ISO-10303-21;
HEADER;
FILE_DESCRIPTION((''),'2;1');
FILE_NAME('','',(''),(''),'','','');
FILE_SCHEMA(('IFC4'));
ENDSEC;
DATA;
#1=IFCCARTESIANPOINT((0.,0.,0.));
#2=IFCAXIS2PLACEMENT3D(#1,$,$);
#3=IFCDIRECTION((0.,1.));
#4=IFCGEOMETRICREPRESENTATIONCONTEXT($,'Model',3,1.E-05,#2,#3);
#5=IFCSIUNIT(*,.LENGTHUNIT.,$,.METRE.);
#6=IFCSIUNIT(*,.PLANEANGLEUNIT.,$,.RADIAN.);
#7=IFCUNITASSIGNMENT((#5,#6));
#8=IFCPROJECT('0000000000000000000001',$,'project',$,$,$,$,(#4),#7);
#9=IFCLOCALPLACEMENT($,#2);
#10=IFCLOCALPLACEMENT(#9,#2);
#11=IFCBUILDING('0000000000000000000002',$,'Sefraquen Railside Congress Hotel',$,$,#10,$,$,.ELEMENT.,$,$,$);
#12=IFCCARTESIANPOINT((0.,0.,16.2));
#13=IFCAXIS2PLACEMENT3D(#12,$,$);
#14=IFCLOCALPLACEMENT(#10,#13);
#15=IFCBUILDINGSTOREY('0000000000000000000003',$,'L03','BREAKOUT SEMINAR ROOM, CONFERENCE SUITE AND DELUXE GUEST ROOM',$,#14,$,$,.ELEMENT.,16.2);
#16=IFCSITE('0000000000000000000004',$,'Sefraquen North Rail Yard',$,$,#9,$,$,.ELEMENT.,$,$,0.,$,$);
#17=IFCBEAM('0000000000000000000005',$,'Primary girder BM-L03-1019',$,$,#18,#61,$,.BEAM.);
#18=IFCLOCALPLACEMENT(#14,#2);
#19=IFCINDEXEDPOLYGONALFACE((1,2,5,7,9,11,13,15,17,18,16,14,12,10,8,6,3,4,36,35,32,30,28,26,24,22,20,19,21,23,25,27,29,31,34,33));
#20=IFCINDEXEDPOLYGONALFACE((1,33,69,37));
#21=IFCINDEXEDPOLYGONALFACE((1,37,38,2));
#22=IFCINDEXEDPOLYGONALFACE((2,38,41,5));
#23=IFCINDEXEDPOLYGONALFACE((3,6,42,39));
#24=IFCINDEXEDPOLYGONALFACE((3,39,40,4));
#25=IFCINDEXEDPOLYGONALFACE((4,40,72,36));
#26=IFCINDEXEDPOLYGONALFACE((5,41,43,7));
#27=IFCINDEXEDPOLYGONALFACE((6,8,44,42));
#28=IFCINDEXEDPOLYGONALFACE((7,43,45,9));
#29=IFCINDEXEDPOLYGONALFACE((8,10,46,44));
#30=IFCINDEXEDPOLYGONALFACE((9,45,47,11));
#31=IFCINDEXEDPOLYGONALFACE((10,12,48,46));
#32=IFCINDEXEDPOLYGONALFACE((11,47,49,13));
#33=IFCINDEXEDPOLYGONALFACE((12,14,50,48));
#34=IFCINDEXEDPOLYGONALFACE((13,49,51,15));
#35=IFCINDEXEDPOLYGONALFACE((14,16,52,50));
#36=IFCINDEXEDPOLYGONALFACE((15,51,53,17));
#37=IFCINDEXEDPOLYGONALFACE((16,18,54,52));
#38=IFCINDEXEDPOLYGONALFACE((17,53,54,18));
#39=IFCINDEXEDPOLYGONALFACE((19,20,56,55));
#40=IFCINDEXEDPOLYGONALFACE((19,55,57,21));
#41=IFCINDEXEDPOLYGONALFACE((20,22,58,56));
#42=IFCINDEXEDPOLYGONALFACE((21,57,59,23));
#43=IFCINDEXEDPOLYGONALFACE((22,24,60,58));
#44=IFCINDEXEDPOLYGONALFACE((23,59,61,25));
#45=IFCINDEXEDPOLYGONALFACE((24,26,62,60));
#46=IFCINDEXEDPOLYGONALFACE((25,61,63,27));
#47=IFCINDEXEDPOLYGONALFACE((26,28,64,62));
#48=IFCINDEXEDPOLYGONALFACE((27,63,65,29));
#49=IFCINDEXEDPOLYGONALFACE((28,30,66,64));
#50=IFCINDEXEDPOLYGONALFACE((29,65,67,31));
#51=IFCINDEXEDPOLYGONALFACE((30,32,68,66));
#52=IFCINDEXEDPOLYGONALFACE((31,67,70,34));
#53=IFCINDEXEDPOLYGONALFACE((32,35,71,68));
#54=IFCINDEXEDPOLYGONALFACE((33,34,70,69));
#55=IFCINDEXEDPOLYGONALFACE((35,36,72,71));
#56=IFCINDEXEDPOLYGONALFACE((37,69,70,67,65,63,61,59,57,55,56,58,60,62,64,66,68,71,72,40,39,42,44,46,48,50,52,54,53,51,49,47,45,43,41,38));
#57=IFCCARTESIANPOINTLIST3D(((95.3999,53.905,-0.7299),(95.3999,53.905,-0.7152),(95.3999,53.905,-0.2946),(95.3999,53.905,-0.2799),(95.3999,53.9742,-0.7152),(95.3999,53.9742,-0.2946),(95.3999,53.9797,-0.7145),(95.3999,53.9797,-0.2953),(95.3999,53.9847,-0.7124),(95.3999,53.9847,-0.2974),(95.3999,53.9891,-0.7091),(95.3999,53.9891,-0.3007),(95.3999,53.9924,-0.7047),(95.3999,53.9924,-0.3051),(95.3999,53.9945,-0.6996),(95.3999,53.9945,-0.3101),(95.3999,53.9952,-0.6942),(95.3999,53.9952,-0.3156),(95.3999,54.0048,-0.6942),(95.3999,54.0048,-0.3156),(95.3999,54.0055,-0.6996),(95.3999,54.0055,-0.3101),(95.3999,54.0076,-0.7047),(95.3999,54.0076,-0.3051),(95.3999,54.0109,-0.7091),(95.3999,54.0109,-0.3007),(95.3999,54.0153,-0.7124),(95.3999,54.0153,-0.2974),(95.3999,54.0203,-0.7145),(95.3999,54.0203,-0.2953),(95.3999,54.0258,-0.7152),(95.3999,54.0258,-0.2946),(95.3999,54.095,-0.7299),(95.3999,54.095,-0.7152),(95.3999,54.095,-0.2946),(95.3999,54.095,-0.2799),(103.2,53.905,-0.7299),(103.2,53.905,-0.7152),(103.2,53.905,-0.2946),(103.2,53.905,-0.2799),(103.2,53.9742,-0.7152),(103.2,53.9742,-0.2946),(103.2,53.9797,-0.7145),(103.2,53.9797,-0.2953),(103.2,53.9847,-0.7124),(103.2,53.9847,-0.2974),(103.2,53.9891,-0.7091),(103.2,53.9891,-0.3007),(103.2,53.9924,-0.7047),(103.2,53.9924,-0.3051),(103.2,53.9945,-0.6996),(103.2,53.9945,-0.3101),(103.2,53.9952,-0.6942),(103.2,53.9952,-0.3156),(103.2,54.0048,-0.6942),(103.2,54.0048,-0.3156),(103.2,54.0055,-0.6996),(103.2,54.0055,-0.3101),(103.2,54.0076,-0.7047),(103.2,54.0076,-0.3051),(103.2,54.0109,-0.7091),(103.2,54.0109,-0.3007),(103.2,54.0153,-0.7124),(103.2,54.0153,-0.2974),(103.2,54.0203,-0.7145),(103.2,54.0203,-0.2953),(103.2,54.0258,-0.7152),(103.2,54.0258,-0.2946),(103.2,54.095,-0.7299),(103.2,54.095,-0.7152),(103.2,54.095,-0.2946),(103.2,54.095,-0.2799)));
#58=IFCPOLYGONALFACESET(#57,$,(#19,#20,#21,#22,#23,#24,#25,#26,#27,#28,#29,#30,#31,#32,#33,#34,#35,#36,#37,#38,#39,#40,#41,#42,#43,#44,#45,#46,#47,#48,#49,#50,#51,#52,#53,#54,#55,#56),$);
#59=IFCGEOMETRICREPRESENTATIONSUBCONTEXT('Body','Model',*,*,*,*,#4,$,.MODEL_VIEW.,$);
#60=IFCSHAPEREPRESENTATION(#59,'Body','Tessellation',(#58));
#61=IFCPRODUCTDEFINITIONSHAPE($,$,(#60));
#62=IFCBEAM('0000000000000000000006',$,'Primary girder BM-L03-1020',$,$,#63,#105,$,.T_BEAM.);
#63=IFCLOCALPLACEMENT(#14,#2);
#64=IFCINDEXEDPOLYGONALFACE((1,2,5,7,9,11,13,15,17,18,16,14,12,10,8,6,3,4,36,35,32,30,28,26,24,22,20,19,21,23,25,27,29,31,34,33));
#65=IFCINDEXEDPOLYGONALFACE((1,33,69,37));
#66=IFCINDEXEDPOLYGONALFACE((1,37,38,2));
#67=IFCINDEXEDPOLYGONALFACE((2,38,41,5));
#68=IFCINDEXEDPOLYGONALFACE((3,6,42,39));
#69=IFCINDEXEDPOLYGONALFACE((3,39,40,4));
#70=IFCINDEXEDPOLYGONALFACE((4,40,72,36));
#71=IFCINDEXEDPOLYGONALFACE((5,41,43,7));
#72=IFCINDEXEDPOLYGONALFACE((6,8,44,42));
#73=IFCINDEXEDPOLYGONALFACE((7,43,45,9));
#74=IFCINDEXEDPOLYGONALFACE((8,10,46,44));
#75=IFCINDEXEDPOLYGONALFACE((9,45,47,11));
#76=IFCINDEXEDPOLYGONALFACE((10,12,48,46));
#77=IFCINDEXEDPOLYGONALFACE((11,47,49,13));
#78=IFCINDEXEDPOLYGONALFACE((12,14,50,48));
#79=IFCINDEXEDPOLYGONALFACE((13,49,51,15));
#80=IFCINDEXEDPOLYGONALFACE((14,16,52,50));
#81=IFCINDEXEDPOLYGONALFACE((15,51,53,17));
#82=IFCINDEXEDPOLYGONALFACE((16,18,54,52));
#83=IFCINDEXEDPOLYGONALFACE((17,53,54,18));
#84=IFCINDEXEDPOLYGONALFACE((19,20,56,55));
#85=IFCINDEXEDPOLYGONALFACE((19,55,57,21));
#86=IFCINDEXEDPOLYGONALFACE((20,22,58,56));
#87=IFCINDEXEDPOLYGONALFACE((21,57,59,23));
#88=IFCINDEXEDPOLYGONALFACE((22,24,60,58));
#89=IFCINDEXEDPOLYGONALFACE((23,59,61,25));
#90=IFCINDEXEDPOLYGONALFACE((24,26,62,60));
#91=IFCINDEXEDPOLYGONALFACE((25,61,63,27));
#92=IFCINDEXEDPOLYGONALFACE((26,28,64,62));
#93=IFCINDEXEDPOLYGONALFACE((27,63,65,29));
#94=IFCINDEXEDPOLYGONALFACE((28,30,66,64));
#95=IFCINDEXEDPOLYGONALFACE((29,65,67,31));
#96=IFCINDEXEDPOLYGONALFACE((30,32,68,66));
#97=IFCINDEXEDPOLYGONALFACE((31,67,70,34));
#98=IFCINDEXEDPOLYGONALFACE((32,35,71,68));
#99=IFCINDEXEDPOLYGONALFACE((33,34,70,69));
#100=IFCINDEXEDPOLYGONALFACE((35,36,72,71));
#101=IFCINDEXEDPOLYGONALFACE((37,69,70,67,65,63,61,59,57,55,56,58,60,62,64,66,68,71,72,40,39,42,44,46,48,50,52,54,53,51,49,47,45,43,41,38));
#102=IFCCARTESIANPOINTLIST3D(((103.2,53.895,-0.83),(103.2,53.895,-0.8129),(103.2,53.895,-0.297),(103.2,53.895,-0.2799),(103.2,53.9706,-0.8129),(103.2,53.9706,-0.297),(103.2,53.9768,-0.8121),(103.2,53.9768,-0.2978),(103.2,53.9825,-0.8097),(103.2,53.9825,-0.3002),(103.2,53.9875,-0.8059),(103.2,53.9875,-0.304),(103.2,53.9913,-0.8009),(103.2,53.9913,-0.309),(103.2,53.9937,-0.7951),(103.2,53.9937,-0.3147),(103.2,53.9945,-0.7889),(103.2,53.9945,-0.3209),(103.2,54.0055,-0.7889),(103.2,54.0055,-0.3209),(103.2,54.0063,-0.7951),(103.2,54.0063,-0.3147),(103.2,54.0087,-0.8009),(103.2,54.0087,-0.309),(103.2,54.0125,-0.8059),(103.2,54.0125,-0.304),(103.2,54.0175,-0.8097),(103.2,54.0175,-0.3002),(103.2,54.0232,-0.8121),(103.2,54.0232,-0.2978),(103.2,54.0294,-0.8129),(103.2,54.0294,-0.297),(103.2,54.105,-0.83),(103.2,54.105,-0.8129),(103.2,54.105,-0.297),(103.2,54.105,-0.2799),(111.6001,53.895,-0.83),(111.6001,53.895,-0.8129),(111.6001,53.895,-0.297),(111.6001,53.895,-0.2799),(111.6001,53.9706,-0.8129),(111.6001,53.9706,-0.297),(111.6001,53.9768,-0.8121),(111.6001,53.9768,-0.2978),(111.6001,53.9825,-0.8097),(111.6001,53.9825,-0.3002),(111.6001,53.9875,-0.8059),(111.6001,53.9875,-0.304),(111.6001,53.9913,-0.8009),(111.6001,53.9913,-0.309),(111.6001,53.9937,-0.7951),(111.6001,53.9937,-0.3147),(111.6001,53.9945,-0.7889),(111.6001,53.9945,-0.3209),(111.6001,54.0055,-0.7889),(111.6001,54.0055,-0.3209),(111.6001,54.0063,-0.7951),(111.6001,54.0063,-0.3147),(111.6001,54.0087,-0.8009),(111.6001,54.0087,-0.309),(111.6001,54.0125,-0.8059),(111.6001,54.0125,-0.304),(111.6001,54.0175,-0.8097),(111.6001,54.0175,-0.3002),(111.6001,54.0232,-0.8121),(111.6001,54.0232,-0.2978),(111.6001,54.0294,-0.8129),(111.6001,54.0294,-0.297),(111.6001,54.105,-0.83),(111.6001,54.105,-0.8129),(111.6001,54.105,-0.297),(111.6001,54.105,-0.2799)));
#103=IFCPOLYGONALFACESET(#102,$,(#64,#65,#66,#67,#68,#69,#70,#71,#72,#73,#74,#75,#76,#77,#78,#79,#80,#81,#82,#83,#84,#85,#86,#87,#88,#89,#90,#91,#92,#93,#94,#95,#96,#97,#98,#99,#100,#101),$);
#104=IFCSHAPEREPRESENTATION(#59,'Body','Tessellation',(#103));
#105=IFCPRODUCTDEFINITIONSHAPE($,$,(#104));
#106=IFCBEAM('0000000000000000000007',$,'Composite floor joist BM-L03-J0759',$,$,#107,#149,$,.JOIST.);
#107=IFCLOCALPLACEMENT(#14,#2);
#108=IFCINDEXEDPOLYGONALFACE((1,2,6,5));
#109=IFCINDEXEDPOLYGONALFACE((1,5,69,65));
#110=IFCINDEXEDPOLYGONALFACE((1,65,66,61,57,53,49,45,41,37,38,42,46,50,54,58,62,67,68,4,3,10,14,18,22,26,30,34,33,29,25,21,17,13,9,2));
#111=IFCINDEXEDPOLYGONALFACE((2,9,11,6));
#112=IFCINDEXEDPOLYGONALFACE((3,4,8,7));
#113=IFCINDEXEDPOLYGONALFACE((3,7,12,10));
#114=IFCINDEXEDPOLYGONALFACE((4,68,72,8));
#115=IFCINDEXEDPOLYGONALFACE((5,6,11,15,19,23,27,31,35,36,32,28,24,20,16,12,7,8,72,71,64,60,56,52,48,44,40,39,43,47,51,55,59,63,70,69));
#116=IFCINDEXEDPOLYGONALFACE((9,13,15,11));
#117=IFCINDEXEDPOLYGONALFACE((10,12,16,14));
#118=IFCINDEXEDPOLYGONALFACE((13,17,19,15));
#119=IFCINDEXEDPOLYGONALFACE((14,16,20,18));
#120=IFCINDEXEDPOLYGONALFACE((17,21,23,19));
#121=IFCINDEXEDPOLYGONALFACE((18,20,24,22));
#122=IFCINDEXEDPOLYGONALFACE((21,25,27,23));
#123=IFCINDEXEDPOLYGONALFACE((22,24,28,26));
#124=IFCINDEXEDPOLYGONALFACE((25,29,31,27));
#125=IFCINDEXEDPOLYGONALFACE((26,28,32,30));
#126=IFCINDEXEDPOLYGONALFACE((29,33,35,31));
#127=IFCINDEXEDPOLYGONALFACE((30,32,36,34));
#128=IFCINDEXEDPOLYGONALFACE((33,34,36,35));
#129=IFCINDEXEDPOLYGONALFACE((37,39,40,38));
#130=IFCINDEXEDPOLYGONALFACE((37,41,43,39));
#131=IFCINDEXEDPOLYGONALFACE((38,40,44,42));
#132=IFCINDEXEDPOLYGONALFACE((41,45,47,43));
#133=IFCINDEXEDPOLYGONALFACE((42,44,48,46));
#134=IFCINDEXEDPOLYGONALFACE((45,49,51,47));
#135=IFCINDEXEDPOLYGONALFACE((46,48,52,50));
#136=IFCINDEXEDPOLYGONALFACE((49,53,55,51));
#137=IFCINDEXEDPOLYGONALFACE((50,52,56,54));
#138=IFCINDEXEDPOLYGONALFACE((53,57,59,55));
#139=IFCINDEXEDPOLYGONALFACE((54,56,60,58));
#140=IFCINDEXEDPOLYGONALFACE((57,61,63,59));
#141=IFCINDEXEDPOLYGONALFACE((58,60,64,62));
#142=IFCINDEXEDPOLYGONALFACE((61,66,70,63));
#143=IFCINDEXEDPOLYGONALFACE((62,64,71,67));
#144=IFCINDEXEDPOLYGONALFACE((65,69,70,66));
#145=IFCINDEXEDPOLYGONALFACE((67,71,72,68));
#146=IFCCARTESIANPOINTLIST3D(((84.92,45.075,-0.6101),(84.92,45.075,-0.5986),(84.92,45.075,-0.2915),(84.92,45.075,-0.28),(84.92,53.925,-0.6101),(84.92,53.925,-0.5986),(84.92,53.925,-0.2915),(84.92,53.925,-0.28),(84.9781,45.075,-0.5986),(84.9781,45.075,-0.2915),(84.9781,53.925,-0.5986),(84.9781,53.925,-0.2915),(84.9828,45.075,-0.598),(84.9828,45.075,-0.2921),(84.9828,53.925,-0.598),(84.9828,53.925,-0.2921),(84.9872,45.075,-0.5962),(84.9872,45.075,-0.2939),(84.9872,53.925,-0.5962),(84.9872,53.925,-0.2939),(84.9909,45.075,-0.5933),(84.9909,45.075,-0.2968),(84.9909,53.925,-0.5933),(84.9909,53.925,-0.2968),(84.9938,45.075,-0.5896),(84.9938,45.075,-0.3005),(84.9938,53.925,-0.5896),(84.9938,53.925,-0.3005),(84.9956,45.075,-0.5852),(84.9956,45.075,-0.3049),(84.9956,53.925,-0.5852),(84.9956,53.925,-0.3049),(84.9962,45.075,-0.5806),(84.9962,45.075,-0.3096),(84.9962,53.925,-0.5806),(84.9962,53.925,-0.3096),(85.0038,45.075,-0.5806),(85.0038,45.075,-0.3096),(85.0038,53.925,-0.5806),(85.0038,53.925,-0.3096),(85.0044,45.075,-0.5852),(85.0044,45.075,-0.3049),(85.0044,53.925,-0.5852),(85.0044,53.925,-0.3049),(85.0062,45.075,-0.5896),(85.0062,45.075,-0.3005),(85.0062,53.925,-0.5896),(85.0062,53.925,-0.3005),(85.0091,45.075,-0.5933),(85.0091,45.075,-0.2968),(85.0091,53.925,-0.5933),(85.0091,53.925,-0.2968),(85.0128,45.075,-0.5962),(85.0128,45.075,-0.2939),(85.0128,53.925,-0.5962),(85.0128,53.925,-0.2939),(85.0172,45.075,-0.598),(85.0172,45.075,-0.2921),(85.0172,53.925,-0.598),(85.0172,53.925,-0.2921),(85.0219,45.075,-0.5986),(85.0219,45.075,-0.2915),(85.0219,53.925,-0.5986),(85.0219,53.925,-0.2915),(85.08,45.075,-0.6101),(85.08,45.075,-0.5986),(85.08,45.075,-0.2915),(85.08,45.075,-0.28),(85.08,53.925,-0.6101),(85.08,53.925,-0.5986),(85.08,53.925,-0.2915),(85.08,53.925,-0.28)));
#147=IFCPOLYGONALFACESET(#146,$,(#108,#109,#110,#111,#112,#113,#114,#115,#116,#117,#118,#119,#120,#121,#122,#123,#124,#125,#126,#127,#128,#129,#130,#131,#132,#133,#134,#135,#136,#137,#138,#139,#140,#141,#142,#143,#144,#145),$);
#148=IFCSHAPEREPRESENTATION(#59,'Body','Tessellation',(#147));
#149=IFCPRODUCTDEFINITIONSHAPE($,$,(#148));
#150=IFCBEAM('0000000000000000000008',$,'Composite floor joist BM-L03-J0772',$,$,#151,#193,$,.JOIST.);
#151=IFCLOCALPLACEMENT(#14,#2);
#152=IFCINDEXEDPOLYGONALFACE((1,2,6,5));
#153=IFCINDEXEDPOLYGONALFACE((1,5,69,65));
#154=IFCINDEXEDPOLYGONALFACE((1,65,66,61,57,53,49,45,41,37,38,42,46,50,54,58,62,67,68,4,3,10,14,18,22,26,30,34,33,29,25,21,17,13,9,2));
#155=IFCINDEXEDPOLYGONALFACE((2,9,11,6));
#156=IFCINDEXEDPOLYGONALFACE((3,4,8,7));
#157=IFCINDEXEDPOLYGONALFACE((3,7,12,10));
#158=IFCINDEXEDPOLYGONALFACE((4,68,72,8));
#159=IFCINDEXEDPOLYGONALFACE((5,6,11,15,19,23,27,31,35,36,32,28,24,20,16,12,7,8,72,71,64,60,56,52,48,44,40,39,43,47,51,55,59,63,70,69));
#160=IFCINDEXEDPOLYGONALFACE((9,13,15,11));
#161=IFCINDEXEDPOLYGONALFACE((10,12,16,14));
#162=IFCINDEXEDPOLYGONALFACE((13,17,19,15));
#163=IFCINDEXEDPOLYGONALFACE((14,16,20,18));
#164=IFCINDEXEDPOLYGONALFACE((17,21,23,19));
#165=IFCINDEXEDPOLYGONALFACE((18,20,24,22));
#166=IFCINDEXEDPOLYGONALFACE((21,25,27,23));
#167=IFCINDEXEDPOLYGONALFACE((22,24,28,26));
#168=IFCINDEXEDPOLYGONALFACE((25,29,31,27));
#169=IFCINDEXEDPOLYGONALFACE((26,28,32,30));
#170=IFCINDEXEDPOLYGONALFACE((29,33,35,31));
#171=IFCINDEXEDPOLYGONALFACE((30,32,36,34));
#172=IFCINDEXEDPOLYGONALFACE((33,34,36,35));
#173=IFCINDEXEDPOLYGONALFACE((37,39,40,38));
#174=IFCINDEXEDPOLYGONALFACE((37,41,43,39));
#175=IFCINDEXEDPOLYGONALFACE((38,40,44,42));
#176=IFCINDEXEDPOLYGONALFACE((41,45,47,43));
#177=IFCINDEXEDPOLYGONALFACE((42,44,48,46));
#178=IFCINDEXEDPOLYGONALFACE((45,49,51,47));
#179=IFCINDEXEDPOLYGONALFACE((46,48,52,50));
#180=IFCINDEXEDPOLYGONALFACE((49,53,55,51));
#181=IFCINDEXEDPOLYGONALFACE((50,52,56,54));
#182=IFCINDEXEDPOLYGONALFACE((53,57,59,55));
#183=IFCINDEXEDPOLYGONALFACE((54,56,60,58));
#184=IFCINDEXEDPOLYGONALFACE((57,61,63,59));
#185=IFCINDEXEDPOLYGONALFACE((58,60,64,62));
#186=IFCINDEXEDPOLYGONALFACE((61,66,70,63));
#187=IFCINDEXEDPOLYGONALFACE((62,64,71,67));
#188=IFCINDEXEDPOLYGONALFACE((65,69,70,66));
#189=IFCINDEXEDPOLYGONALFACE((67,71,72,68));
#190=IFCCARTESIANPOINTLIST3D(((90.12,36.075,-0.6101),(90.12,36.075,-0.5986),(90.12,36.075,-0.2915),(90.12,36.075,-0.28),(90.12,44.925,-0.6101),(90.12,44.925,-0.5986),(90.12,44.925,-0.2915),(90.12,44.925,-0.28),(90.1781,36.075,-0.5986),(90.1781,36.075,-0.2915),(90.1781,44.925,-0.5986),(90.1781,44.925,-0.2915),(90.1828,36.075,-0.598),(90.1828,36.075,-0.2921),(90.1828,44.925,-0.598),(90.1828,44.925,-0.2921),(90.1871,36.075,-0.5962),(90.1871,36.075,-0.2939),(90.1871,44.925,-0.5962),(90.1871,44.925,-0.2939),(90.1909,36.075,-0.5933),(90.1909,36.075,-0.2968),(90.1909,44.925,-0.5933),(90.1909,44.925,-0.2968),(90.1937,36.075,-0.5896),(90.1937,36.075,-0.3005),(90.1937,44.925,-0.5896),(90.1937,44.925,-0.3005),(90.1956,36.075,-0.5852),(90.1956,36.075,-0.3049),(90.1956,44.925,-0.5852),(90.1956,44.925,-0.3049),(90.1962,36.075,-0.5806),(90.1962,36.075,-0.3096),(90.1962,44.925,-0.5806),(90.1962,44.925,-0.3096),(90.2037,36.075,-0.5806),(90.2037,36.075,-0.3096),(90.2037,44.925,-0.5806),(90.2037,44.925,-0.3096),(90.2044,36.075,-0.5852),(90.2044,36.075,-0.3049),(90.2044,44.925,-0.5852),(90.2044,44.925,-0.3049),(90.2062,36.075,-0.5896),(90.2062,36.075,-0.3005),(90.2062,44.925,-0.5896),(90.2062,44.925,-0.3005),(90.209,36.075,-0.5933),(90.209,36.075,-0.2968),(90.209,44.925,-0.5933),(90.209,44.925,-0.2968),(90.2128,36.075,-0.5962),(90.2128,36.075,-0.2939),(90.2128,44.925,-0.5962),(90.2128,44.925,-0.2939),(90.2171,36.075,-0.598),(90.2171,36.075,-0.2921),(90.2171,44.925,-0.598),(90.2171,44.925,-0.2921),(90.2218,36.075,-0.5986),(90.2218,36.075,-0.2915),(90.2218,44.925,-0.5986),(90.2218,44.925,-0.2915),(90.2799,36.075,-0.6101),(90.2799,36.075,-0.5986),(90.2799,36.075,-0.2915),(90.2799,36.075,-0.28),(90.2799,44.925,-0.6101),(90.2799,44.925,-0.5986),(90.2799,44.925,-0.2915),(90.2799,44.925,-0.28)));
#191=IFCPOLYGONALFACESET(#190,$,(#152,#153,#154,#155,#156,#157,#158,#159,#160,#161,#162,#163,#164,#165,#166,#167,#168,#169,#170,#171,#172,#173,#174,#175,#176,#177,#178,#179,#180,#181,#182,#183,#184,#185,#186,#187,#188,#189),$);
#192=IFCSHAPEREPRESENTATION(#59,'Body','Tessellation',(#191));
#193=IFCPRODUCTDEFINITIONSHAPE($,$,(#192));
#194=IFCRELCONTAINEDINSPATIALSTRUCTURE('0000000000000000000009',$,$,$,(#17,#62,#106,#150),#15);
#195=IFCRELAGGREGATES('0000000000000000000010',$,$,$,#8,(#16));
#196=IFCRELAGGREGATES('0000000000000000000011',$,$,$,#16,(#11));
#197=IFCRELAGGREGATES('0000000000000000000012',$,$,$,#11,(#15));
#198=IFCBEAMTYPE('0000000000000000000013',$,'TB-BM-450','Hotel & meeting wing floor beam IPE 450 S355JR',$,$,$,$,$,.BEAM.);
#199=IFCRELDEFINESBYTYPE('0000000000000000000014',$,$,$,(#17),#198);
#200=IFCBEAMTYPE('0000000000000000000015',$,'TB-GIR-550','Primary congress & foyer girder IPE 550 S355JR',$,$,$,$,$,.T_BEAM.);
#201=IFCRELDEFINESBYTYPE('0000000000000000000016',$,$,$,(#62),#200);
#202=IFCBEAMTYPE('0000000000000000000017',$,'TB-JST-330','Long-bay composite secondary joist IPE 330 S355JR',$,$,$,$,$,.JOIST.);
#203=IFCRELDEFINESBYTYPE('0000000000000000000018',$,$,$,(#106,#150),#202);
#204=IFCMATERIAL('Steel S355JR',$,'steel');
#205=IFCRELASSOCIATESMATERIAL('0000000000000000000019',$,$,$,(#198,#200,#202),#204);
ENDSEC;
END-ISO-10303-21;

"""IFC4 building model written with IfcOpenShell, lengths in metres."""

from ifc_helpers import new_model, si_unit, direction, frame, origin, origin_2d, place, context, subcontext, project, spatial, i_section, extrude, material, material_profile, profile_set, type_object, element, save


model = new_model("IFC4")

# Units and contexts
model_context = context("Model", 3, precision=1e-05, world=origin(), true_north=direction((0.0, 1.0)))
body_context = subcontext(model_context, "Body", "Model", "MODEL_VIEW")
ifc_project = project(units=[si_unit("LENGTHUNIT", "METRE"), si_unit("PLANEANGLEUNIT", "RADIAN")], contexts=[model_context])

# Site, building, storey
site_placement = place(None, origin())
site = spatial("IfcSite", under=ifc_project, at=site_placement, Name="Sefraquen North Rail Yard", CompositionType="ELEMENT", RefElevation=0.0)
building_placement = place(site_placement, origin())
building = spatial("IfcBuilding", under=site, at=building_placement, Name="Sefraquen Railside Congress Hotel", CompositionType="ELEMENT")
storey_placement = place(building_placement, frame((0.0, 0.0, 16.2)))
storey = spatial("IfcBuildingStorey", under=building, at=storey_placement, Name="L03", Description="BREAKOUT SEMINAR ROOM, CONFERENCE SUITE AND DELUXE GUEST ROOM", CompositionType="ELEMENT", Elevation=16.2)

# Shared definitions
ifc_material_1 = material(Name="Steel S355JR", Category="steel")

# Beams
ifc_material_profile_1 = material_profile(ifc_material_1, i_section(OverallWidth=0.1899, OverallDepth=0.45, WebThickness=0.0095, FlangeThickness=0.0146, FilletRadius=0.021, at=origin_2d()), Name="IPE 450")
ifc_profile_set_1 = profile_set([ifc_material_profile_1], Name="Steel S355JR")
beam_type_1 = type_object("IfcBeamType", Name="TB-BM-450", Description="Hotel & meeting wing floor beam IPE 450 S355JR", PredefinedType="BEAM", material=ifc_profile_set_1)
beam_1_placement = place(storey_placement, frame((95.3999, 54.0, -0.5049), z_axis=(1.0, 0.0, 0.0), x_axis=(0.0, 1.0, 0.0)))
element("IfcBeam", 1, at=beam_1_placement, inside=storey, type_object=beam_type_1, Name="Primary girder BM-L03-1019", PredefinedType="BEAM", context=body_context, shape_type="SweptSolid", body=[
    extrude(i_section(OverallWidth=0.1899, OverallDepth=0.45, WebThickness=0.0095, FlangeThickness=0.0146, FilletRadius=0.021, at=origin_2d()), origin(), (0.0, 0.0, 1.0), 7.8),
])
ifc_material_profile_2 = material_profile(ifc_material_1, i_section(OverallWidth=0.21, OverallDepth=0.55, WebThickness=0.011, FlangeThickness=0.0171, FilletRadius=0.0239, at=origin_2d()), Name="IPE 550")
ifc_profile_set_2 = profile_set([ifc_material_profile_2], Name="Steel S355JR")
beam_type_2 = type_object("IfcBeamType", Name="TB-GIR-550", Description="Primary congress & foyer girder IPE 550 S355JR", PredefinedType="T_BEAM", material=ifc_profile_set_2)
beam_2_placement = place(storey_placement, frame((103.2, 54.0, -0.5549), z_axis=(1.0, 0.0, 0.0), x_axis=(0.0, 1.0, 0.0)))
element("IfcBeam", 2, at=beam_2_placement, inside=storey, type_object=beam_type_2, Name="Primary girder BM-L03-1020", PredefinedType="T_BEAM", context=body_context, shape_type="SweptSolid", body=[
    extrude(i_section(OverallWidth=0.21, OverallDepth=0.55, WebThickness=0.011, FlangeThickness=0.0171, FilletRadius=0.0239, at=origin_2d()), origin(), (0.0, 0.0, 1.0), 8.4001),
])
ifc_material_profile_3 = material_profile(ifc_material_1, i_section(OverallWidth=0.1599, OverallDepth=0.3301, WebThickness=0.0076, FlangeThickness=0.0115, FilletRadius=0.0181, at=origin_2d()), Name="IPE 330")
ifc_profile_set_3 = profile_set([ifc_material_profile_3], Name="Steel S355JR")
beam_type_3 = type_object("IfcBeamType", Name="TB-JST-330", Description="Long-bay composite secondary joist IPE 330 S355JR", PredefinedType="JOIST", material=ifc_profile_set_3)
for number, where, z_axis, x_axis, name in (
    (3, (85.0, 45.075, -0.4451), (0.0, 1.0, 0.0), (-1.0, 0.0, 0.0), "Composite floor joist BM-L03-J0759"),
    (4, (90.2, 36.075, -0.4451), (0.0, 1.0, 0.0), (-1.0, 0.0, 0.0), "Composite floor joist BM-L03-J0772"),
):
    element("IfcBeam", number, at=place(storey_placement, frame(where, z_axis=z_axis, x_axis=x_axis)), inside=storey, type_object=beam_type_3, Name=name, PredefinedType="JOIST", context=body_context, shape_type="SweptSolid", body=[
        extrude(i_section(OverallWidth=0.1599, OverallDepth=0.3301, WebThickness=0.0076, FlangeThickness=0.0115, FilletRadius=0.0181, at=origin_2d()), origin(), (0.0, 0.0, 1.0), 8.8501),
    ])

save(model, "model.ifc")
